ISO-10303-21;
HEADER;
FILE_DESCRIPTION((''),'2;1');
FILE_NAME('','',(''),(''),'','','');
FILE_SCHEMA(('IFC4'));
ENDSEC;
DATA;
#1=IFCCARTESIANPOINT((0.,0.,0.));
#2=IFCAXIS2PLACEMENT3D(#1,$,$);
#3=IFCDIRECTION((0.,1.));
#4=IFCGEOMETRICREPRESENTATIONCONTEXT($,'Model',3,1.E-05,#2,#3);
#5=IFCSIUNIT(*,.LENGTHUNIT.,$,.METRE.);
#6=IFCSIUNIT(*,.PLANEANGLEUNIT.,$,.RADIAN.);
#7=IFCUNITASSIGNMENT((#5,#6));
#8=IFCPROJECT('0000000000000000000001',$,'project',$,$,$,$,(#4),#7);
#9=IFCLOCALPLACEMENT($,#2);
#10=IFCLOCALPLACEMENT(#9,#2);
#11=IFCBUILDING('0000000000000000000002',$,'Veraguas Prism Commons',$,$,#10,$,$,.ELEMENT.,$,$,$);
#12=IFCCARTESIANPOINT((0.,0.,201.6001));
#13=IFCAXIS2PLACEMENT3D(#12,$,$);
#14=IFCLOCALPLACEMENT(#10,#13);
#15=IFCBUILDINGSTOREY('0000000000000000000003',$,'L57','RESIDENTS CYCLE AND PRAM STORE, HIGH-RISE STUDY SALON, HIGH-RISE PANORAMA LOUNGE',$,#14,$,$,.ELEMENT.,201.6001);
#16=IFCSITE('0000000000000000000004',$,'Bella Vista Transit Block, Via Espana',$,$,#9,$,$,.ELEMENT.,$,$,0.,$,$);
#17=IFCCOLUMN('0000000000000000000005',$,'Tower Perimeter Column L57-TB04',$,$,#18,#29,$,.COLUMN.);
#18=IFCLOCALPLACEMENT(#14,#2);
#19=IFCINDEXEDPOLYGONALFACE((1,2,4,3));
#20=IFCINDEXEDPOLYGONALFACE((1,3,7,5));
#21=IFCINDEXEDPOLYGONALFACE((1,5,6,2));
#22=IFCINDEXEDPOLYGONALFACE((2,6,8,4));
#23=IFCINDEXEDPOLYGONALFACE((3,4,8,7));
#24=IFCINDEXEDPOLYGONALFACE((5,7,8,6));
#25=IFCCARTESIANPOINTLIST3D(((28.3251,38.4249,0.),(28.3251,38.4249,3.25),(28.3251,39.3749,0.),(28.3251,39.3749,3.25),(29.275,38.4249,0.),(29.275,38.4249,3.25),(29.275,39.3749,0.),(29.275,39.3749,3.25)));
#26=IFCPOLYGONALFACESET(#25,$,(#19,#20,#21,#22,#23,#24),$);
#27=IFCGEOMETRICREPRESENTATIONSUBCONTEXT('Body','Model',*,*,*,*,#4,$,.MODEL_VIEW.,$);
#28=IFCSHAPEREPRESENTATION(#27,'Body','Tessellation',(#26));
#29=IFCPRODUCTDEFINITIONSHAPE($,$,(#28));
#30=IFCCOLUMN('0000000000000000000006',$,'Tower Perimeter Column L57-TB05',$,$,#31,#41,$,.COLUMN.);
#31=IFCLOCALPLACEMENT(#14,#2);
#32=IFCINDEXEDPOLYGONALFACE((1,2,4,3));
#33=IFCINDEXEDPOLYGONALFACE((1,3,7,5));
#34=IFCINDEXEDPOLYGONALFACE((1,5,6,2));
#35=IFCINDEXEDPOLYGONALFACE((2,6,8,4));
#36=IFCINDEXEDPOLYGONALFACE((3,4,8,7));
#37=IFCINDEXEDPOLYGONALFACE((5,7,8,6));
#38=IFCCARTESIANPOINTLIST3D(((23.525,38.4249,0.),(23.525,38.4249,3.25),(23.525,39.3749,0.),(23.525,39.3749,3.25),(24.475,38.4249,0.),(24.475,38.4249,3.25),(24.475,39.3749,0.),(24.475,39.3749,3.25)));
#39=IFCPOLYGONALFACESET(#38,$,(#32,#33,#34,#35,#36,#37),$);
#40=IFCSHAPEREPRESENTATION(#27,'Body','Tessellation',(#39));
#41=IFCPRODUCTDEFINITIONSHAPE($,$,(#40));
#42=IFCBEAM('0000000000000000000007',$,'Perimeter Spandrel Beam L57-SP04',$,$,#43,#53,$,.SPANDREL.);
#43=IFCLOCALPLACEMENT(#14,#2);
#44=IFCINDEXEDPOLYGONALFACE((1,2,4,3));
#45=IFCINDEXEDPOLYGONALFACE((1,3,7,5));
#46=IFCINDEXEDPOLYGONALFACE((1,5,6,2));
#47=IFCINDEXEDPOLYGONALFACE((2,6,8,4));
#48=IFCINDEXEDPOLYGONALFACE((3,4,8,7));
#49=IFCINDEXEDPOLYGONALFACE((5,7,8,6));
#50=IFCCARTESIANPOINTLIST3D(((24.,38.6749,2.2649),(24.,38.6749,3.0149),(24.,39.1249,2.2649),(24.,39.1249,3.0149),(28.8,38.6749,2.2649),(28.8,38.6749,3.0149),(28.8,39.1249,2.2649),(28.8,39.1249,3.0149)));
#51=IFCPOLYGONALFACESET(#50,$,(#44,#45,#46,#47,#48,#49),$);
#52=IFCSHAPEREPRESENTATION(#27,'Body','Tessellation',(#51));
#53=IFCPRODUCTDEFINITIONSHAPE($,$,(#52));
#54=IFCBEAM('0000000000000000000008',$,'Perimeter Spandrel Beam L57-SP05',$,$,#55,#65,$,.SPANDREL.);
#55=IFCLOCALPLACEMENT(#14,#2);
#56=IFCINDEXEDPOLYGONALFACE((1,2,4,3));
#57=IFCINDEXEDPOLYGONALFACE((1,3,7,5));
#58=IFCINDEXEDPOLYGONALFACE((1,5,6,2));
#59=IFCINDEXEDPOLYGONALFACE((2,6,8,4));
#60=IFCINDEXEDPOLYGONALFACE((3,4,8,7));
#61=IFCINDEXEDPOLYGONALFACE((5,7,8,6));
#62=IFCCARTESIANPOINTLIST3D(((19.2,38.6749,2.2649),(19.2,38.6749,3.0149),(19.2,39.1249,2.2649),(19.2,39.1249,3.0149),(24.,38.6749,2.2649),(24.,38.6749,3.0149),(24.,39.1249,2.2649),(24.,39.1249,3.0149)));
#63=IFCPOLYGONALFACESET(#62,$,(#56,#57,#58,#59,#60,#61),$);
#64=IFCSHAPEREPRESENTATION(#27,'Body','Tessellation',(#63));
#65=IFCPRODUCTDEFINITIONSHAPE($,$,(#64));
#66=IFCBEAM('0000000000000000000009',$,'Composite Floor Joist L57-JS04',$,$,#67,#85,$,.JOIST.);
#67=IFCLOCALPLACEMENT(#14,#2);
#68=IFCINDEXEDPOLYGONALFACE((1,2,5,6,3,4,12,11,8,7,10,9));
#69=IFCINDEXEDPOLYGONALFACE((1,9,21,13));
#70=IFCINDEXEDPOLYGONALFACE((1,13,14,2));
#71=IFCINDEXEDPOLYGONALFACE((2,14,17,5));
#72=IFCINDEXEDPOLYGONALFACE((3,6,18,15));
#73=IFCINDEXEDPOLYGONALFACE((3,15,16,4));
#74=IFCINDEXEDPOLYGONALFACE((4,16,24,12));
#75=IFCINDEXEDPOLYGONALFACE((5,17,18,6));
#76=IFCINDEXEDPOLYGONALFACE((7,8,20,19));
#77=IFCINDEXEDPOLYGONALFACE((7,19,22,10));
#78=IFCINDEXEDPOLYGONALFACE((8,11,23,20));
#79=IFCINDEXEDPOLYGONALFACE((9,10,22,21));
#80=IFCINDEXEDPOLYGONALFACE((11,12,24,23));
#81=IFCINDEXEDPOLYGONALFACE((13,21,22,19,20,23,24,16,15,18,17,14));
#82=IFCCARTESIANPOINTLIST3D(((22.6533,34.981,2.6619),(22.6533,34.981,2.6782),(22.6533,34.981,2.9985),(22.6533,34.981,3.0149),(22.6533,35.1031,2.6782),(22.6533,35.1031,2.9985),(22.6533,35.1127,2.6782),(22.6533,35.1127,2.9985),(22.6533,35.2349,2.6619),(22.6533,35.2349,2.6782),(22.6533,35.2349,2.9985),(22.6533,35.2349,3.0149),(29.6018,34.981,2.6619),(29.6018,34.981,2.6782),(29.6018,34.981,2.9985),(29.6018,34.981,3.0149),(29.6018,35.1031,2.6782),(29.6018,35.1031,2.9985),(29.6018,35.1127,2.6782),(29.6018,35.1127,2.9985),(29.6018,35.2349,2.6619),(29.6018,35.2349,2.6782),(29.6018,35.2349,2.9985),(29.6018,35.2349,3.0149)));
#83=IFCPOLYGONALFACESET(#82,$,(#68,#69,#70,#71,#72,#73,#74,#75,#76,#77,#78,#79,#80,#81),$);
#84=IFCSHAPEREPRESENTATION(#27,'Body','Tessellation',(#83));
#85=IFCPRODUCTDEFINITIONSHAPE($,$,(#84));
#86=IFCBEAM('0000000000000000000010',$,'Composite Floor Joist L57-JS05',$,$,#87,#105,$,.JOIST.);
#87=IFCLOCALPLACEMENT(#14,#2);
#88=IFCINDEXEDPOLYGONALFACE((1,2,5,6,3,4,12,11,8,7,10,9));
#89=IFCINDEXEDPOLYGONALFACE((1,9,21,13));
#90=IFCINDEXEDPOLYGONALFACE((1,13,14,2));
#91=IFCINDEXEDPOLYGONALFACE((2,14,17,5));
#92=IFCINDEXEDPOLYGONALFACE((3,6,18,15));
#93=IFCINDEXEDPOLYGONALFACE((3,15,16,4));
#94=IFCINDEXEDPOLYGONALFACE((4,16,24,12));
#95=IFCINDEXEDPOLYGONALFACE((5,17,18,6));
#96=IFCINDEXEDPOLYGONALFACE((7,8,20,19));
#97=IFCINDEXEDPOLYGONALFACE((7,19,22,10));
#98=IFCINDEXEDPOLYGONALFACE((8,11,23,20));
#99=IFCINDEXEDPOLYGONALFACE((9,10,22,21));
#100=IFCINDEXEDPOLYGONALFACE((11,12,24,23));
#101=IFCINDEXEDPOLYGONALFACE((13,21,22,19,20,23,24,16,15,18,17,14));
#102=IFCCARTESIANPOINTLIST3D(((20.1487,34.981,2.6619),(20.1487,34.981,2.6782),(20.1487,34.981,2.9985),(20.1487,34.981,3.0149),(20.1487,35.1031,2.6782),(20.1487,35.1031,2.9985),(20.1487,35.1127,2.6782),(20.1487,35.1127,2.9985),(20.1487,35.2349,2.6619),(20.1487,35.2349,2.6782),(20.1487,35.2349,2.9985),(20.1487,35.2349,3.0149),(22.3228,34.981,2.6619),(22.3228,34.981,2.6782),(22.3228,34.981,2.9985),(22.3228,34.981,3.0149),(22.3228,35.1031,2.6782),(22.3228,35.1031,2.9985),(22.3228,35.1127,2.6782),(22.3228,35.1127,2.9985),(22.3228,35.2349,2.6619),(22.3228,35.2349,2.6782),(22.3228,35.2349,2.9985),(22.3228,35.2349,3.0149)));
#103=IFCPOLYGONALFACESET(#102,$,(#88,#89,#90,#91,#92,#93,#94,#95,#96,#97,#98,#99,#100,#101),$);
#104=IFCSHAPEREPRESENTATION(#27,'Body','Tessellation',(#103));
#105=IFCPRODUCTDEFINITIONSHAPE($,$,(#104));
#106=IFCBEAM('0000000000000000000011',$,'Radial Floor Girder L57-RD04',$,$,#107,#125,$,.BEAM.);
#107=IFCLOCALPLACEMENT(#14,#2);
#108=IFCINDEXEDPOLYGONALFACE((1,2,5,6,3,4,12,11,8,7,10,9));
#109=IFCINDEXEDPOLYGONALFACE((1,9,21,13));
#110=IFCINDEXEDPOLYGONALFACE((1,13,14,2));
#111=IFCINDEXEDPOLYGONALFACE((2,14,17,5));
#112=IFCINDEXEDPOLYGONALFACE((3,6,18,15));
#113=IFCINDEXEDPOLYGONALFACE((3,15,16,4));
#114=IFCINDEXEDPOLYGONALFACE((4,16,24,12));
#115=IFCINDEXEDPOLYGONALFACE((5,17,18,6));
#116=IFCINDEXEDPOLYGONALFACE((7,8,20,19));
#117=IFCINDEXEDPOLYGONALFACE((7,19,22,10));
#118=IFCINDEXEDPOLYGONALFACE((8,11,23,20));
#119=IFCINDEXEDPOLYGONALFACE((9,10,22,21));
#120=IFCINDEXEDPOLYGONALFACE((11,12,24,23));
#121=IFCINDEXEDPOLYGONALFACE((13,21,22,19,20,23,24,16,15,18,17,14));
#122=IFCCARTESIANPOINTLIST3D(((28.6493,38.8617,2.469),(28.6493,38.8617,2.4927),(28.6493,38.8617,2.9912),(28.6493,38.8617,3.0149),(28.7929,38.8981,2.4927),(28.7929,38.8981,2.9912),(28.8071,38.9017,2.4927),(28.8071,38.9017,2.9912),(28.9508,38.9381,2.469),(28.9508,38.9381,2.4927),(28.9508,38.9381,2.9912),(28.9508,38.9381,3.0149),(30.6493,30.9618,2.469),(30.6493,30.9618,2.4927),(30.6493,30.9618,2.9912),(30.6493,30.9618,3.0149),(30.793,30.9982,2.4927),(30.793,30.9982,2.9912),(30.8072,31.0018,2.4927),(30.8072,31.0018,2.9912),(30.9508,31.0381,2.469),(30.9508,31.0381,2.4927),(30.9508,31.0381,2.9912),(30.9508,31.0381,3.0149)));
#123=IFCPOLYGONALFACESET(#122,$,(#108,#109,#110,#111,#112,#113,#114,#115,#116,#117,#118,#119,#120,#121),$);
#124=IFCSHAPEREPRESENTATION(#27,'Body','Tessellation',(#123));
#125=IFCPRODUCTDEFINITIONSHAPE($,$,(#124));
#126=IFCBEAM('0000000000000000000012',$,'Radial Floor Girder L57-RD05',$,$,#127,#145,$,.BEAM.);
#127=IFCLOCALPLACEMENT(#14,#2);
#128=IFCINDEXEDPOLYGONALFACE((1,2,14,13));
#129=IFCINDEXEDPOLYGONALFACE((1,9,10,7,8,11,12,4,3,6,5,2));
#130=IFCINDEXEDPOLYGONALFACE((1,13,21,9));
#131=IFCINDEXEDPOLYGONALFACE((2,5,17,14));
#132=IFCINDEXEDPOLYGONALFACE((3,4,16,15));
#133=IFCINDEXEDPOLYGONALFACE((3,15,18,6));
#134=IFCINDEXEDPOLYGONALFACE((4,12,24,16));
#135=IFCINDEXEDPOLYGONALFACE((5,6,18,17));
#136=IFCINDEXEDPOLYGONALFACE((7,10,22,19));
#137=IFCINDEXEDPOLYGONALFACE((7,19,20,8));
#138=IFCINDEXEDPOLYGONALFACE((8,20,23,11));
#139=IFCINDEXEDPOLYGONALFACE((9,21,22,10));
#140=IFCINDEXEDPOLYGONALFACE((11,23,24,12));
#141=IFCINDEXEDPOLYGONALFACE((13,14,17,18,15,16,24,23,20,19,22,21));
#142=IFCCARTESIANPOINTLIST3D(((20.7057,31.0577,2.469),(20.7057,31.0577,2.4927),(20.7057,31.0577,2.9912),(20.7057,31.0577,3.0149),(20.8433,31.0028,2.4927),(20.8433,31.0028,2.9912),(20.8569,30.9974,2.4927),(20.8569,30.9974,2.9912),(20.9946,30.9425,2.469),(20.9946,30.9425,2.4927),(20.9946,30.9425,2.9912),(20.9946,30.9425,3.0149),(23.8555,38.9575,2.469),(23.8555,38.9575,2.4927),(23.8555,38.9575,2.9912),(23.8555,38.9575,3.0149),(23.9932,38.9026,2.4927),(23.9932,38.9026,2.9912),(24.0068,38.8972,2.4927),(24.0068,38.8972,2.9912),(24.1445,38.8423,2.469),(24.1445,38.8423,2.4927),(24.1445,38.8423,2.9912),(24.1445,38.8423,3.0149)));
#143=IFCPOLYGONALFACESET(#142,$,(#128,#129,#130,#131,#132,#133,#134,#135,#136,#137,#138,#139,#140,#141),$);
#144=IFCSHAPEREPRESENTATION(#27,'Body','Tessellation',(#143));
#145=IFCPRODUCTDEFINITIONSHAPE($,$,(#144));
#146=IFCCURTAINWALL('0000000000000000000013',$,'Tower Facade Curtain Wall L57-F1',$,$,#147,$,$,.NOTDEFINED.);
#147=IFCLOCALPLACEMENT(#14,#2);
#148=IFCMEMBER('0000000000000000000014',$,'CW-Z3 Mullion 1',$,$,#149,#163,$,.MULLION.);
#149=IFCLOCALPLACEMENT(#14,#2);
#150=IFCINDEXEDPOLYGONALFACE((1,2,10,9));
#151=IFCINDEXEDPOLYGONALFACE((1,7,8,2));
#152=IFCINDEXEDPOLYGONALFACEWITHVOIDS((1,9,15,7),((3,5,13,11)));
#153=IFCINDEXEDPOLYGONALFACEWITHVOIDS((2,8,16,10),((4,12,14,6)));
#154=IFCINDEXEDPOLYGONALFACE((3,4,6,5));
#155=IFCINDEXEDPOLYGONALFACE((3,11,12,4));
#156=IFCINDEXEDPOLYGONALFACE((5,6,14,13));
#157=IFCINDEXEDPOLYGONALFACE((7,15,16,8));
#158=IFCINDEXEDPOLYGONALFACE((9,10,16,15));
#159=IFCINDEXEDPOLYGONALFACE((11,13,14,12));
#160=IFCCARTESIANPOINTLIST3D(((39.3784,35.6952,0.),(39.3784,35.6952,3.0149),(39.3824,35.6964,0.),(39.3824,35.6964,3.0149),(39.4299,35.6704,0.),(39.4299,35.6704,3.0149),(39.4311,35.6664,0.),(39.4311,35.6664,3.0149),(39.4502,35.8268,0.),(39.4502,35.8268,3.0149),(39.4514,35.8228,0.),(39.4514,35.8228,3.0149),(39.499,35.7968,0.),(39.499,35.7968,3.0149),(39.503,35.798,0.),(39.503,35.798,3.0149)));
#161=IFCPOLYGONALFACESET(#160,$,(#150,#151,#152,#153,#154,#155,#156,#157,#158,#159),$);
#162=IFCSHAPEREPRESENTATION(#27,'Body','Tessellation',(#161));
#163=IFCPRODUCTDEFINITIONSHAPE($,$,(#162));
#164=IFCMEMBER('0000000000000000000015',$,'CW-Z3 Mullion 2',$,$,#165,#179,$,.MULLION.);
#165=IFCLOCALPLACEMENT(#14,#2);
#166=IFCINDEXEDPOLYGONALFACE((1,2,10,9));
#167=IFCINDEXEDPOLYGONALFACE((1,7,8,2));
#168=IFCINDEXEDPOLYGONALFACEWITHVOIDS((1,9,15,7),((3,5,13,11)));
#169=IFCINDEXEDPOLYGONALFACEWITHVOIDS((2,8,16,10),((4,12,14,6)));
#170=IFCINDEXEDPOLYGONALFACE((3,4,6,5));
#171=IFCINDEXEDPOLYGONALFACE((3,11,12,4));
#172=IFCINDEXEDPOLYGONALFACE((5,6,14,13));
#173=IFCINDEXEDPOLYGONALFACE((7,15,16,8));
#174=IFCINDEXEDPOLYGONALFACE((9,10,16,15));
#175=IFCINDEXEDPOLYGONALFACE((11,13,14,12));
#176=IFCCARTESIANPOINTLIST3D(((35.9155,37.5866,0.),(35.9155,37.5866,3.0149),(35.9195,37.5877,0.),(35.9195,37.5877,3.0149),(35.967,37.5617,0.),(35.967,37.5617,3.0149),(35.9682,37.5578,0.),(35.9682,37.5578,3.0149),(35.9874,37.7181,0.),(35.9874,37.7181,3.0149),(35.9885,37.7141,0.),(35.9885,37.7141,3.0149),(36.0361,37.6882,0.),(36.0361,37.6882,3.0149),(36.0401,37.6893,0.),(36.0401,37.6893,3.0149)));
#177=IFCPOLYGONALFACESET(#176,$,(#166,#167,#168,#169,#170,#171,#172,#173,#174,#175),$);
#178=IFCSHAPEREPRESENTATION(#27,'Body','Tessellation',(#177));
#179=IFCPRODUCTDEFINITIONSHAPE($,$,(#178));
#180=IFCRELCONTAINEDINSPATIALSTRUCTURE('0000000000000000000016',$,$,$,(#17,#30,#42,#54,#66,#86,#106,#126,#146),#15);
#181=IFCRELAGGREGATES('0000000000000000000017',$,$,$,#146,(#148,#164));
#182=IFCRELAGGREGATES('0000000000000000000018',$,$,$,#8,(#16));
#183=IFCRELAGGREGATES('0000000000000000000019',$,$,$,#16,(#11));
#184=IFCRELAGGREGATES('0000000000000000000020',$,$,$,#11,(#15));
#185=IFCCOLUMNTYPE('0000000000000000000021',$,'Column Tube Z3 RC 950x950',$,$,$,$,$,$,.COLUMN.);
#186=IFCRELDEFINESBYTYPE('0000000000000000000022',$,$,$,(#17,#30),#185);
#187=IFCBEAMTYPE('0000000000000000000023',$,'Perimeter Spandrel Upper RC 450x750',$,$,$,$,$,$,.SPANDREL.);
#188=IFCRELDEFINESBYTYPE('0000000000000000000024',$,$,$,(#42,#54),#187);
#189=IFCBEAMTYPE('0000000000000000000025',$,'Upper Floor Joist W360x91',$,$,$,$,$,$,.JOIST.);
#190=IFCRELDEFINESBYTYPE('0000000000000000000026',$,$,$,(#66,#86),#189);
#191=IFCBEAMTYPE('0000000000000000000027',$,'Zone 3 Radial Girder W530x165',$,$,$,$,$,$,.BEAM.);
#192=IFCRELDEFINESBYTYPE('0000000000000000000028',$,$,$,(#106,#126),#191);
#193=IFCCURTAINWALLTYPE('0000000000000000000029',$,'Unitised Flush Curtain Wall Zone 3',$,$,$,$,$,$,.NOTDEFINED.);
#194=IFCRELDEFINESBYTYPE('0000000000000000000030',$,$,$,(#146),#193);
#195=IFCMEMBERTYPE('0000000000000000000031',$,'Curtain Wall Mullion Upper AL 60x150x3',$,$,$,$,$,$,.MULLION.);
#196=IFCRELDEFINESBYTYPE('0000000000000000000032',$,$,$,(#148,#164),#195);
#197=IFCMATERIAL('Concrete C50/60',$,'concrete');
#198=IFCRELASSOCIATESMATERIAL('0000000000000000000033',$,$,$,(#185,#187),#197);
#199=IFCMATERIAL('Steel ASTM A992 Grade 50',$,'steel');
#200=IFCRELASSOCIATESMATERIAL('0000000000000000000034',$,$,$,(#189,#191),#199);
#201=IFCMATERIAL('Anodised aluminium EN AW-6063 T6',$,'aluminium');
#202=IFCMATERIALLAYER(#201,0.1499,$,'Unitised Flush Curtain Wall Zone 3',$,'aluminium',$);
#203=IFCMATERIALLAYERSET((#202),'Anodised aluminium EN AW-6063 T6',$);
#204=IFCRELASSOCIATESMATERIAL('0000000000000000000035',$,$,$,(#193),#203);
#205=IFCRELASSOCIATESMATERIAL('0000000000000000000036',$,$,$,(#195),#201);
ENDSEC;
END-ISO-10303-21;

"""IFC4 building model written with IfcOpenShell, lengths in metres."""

from ifc_helpers import new_model, si_unit, direction, frame, origin, origin_2d, place, context, subcontext, project, spatial, rectangle, hollow_rectangle, i_section, extrude, source, transform, mapped, material, layer, layer_set, material_profile, profile_set, type_object, element, aggregate, save


model = new_model("IFC4")

# Units and contexts
model_context = context("Model", 3, precision=1e-05, world=origin(), true_north=direction((0.0, 1.0)))
body_context = subcontext(model_context, "Body", "Model", "MODEL_VIEW")
ifc_project = project(units=[si_unit("LENGTHUNIT", "METRE"), si_unit("PLANEANGLEUNIT", "RADIAN")], contexts=[model_context])

# Site, building, storey
site_placement = place(None, origin())
site = spatial("IfcSite", under=ifc_project, at=site_placement, Name="Bella Vista Transit Block, Via Espana", CompositionType="ELEMENT", RefElevation=0.0)
building_placement = place(site_placement, origin())
building = spatial("IfcBuilding", under=site, at=building_placement, Name="Veraguas Prism Commons", CompositionType="ELEMENT")
storey_placement = place(building_placement, frame((0.0, 0.0, 201.6001)))
storey = spatial("IfcBuildingStorey", under=building, at=storey_placement, Name="L57", Description="RESIDENTS CYCLE AND PRAM STORE, HIGH-RISE STUDY SALON, HIGH-RISE PANORAMA LOUNGE", CompositionType="ELEMENT", Elevation=201.6001)

# Columns
ifc_material_1 = material(Name="Concrete C50/60", Category="concrete")
ifc_material_profile_1 = material_profile(ifc_material_1, rectangle(XDim=0.95, YDim=0.95, at=origin_2d()), Name="RC950X950")
ifc_profile_set_1 = profile_set([ifc_material_profile_1], Name="Concrete C50/60")
column_type = type_object("IfcColumnType", Name="Column Tube Z3 RC 950x950", PredefinedType="COLUMN", material=ifc_profile_set_1)
for number, where, z_axis, x_axis, name in (
    (1, (28.8, 38.8999, 0.0), (0.0, 0.0, 1.0), (1.0, 0.0, 0.0), "Tower Perimeter Column L57-TB04"),
    (2, (24.0, 38.8999, 0.0), (0.0, 0.0, 1.0), (1.0, 0.0, 0.0), "Tower Perimeter Column L57-TB05"),
):
    element("IfcColumn", number, at=place(storey_placement, frame(where, z_axis=z_axis, x_axis=x_axis)), inside=storey, type_object=column_type, Name=name, PredefinedType="COLUMN", context=body_context, shape_type="SweptSolid", body=[
        extrude(rectangle(XDim=0.95, YDim=0.95, at=origin_2d()), origin(), (0.0, 0.0, 1.0), 3.25),
    ])

# Beams
ifc_material_profile_2 = material_profile(ifc_material_1, rectangle(XDim=0.45, YDim=0.75, at=origin_2d()), Name="RC450X750")
ifc_profile_set_2 = profile_set([ifc_material_profile_2], Name="Concrete C50/60")
beam_type_1 = type_object("IfcBeamType", Name="Perimeter Spandrel Upper RC 450x750", PredefinedType="SPANDREL", material=ifc_profile_set_2)
for number, where, z_axis, x_axis, name in (
    (3, (28.8, 38.8999, 2.6399), (-1.0, 0.0, 0.0), (0.0, -1.0, 0.0), "Perimeter Spandrel Beam L57-SP04"),
    (4, (24.0, 38.8999, 2.6399), (-1.0, 0.0, 0.0), (0.0, -1.0, 0.0), "Perimeter Spandrel Beam L57-SP05"),
):
    element("IfcBeam", number, at=place(storey_placement, frame(where, z_axis=z_axis, x_axis=x_axis)), inside=storey, type_object=beam_type_1, Name=name, PredefinedType="SPANDREL", context=body_context, shape_type="SweptSolid", body=[
        extrude(rectangle(XDim=0.45, YDim=0.75, at=origin_2d()), origin(), (0.0, 0.0, 1.0), 4.8),
    ])
ifc_material_2 = material(Name="Steel ASTM A992 Grade 50", Category="steel")
ifc_material_profile_3 = material_profile(ifc_material_2, i_section(OverallWidth=0.2539, OverallDepth=0.353, WebThickness=0.0095, FlangeThickness=0.0164, at=origin_2d()), Name="W360X91")
ifc_profile_set_3 = profile_set([ifc_material_profile_3], Name="Steel ASTM A992 Grade 50")
beam_type_2 = type_object("IfcBeamType", Name="Upper Floor Joist W360x91", PredefinedType="JOIST", material=ifc_profile_set_3)
beam_1_placement = place(storey_placement, frame((29.6018, 35.1079, 2.8384), z_axis=(-1.0, 0.0, 0.0), x_axis=(0.0, -1.0, 0.0)))
element("IfcBeam", 5, at=beam_1_placement, inside=storey, type_object=beam_type_2, Name="Composite Floor Joist L57-JS04", PredefinedType="JOIST", context=body_context, shape_type="SweptSolid", body=[
    extrude(i_section(OverallWidth=0.2539, OverallDepth=0.353, WebThickness=0.0095, FlangeThickness=0.0164, at=origin_2d()), origin(), (0.0, 0.0, 1.0), 6.9485),
])
beam_2_placement = place(storey_placement, frame((22.3228, 35.1079, 2.8384), z_axis=(-1.0, 0.0, 0.0), x_axis=(0.0, -1.0, 0.0)))
element("IfcBeam", 6, at=beam_2_placement, inside=storey, type_object=beam_type_2, Name="Composite Floor Joist L57-JS05", PredefinedType="JOIST", context=body_context, shape_type="SweptSolid", body=[
    extrude(i_section(OverallWidth=0.2539, OverallDepth=0.353, WebThickness=0.0095, FlangeThickness=0.0164, at=origin_2d()), origin(), (0.0, 0.0, 1.0), 2.1741),
])
ifc_material_profile_4 = material_profile(ifc_material_2, i_section(OverallWidth=0.311, OverallDepth=0.5459, WebThickness=0.0146, FlangeThickness=0.0237, at=origin_2d()), Name="W530X165")
ifc_profile_set_4 = profile_set([ifc_material_profile_4], Name="Steel ASTM A992 Grade 50")
beam_type_3 = type_object("IfcBeamType", Name="Zone 3 Radial Girder W530x165", PredefinedType="BEAM", material=ifc_profile_set_4)
beam_3_placement = place(storey_placement, frame((28.8, 38.8999, 2.7419), z_axis=(0.245425, -0.969416, 0.0), x_axis=(0.969416, 0.245425, 0.0)))
element("IfcBeam", 7, at=beam_3_placement, inside=storey, type_object=beam_type_3, Name="Radial Floor Girder L57-RD04", PredefinedType="BEAM", context=body_context, shape_type="SweptSolid", body=[
    extrude(i_section(OverallWidth=0.311, OverallDepth=0.5459, WebThickness=0.0146, FlangeThickness=0.0237, at=origin_2d()), origin(), (0.0, 0.0, 1.0), 8.1492),
])
beam_4_placement = place(storey_placement, frame((24.0, 38.8999, 2.7419), z_axis=(-0.370371, -0.928884, 0.0), x_axis=(0.928884, -0.370371, 0.0)))
element("IfcBeam", 8, at=beam_4_placement, inside=storey, type_object=beam_type_3, Name="Radial Floor Girder L57-RD05", PredefinedType="BEAM", context=body_context, shape_type="SweptSolid", body=[
    extrude(i_section(OverallWidth=0.311, OverallDepth=0.5459, WebThickness=0.0146, FlangeThickness=0.0237, at=origin_2d()), origin(), (0.0, 0.0, 1.0), 8.5046),
])

# Curtain wall, members
ifc_material_3 = material(Name="Anodised aluminium EN AW-6063 T6", Category="aluminium")
ifc_layer_1 = layer(ifc_material_3, 0.1499, Name="Unitised Flush Curtain Wall Zone 3", Category="aluminium")
ifc_layer_set_1 = layer_set([ifc_layer_1], Name="Anodised aluminium EN AW-6063 T6")
curtain_wall_type = type_object("IfcCurtainWallType", Name="Unitised Flush Curtain Wall Zone 3", PredefinedType="NOTDEFINED", material=ifc_layer_set_1)
curtain_wall_1_placement = place(storey_placement, origin())
curtain_wall_1 = element("IfcCurtainWall", 9, at=curtain_wall_1_placement, inside=storey, type_object=curtain_wall_type, Name="Tower Facade Curtain Wall L57-F1", PredefinedType="NOTDEFINED")
ifc_material_profile_5 = material_profile(ifc_material_3, hollow_rectangle(XDim=0.0601, YDim=0.1499, WallThickness=0.0029, at=origin_2d()), Name="AL60X150X3")
ifc_profile_set_5 = profile_set([ifc_material_profile_5], Name="Anodised aluminium EN AW-6063 T6")
member_type_1 = type_object("IfcMemberType", Name="Curtain Wall Mullion Upper AL 60x150x3", PredefinedType="MULLION", material=ifc_profile_set_5)
shared_shape_1 = source(origin(), body_context, "Body", "SweptSolid", [
    extrude(hollow_rectangle(XDim=0.0601, YDim=0.1499, WallThickness=0.0029, at=origin_2d()), origin(), (0.0, 0.0, 1.0), 3.0149),
])
member_1_placement = place(storey_placement, frame((39.4407, 35.7466, 0.0), z_axis=(0.0, 0.0, 1.0), x_axis=(-0.877647, 0.479308, 0.0)))
member_1 = element("IfcMember", 10, at=member_1_placement, type_object=member_type_1, Name="CW-Z3 Mullion 1", PredefinedType="MULLION", context=body_context, shape_type="MappedRepresentation", body=[
    mapped(shared_shape_1, transform((0.0, 0.0, 0.0), scale=1.0)),
])
member_2_placement = place(storey_placement, frame((35.9778, 37.6379, 0.0), z_axis=(0.0, 0.0, 1.0), x_axis=(-0.877647, 0.479308, 0.0)))
member_2 = element("IfcMember", 11, at=member_2_placement, type_object=member_type_1, Name="CW-Z3 Mullion 2", PredefinedType="MULLION", context=body_context, shape_type="MappedRepresentation", body=[
    mapped(shared_shape_1, transform((0.0, 0.0, 0.0), scale=1.0)),
])

aggregate(curtain_wall_1, [member_1, member_2])

save(model, "model.ifc")
